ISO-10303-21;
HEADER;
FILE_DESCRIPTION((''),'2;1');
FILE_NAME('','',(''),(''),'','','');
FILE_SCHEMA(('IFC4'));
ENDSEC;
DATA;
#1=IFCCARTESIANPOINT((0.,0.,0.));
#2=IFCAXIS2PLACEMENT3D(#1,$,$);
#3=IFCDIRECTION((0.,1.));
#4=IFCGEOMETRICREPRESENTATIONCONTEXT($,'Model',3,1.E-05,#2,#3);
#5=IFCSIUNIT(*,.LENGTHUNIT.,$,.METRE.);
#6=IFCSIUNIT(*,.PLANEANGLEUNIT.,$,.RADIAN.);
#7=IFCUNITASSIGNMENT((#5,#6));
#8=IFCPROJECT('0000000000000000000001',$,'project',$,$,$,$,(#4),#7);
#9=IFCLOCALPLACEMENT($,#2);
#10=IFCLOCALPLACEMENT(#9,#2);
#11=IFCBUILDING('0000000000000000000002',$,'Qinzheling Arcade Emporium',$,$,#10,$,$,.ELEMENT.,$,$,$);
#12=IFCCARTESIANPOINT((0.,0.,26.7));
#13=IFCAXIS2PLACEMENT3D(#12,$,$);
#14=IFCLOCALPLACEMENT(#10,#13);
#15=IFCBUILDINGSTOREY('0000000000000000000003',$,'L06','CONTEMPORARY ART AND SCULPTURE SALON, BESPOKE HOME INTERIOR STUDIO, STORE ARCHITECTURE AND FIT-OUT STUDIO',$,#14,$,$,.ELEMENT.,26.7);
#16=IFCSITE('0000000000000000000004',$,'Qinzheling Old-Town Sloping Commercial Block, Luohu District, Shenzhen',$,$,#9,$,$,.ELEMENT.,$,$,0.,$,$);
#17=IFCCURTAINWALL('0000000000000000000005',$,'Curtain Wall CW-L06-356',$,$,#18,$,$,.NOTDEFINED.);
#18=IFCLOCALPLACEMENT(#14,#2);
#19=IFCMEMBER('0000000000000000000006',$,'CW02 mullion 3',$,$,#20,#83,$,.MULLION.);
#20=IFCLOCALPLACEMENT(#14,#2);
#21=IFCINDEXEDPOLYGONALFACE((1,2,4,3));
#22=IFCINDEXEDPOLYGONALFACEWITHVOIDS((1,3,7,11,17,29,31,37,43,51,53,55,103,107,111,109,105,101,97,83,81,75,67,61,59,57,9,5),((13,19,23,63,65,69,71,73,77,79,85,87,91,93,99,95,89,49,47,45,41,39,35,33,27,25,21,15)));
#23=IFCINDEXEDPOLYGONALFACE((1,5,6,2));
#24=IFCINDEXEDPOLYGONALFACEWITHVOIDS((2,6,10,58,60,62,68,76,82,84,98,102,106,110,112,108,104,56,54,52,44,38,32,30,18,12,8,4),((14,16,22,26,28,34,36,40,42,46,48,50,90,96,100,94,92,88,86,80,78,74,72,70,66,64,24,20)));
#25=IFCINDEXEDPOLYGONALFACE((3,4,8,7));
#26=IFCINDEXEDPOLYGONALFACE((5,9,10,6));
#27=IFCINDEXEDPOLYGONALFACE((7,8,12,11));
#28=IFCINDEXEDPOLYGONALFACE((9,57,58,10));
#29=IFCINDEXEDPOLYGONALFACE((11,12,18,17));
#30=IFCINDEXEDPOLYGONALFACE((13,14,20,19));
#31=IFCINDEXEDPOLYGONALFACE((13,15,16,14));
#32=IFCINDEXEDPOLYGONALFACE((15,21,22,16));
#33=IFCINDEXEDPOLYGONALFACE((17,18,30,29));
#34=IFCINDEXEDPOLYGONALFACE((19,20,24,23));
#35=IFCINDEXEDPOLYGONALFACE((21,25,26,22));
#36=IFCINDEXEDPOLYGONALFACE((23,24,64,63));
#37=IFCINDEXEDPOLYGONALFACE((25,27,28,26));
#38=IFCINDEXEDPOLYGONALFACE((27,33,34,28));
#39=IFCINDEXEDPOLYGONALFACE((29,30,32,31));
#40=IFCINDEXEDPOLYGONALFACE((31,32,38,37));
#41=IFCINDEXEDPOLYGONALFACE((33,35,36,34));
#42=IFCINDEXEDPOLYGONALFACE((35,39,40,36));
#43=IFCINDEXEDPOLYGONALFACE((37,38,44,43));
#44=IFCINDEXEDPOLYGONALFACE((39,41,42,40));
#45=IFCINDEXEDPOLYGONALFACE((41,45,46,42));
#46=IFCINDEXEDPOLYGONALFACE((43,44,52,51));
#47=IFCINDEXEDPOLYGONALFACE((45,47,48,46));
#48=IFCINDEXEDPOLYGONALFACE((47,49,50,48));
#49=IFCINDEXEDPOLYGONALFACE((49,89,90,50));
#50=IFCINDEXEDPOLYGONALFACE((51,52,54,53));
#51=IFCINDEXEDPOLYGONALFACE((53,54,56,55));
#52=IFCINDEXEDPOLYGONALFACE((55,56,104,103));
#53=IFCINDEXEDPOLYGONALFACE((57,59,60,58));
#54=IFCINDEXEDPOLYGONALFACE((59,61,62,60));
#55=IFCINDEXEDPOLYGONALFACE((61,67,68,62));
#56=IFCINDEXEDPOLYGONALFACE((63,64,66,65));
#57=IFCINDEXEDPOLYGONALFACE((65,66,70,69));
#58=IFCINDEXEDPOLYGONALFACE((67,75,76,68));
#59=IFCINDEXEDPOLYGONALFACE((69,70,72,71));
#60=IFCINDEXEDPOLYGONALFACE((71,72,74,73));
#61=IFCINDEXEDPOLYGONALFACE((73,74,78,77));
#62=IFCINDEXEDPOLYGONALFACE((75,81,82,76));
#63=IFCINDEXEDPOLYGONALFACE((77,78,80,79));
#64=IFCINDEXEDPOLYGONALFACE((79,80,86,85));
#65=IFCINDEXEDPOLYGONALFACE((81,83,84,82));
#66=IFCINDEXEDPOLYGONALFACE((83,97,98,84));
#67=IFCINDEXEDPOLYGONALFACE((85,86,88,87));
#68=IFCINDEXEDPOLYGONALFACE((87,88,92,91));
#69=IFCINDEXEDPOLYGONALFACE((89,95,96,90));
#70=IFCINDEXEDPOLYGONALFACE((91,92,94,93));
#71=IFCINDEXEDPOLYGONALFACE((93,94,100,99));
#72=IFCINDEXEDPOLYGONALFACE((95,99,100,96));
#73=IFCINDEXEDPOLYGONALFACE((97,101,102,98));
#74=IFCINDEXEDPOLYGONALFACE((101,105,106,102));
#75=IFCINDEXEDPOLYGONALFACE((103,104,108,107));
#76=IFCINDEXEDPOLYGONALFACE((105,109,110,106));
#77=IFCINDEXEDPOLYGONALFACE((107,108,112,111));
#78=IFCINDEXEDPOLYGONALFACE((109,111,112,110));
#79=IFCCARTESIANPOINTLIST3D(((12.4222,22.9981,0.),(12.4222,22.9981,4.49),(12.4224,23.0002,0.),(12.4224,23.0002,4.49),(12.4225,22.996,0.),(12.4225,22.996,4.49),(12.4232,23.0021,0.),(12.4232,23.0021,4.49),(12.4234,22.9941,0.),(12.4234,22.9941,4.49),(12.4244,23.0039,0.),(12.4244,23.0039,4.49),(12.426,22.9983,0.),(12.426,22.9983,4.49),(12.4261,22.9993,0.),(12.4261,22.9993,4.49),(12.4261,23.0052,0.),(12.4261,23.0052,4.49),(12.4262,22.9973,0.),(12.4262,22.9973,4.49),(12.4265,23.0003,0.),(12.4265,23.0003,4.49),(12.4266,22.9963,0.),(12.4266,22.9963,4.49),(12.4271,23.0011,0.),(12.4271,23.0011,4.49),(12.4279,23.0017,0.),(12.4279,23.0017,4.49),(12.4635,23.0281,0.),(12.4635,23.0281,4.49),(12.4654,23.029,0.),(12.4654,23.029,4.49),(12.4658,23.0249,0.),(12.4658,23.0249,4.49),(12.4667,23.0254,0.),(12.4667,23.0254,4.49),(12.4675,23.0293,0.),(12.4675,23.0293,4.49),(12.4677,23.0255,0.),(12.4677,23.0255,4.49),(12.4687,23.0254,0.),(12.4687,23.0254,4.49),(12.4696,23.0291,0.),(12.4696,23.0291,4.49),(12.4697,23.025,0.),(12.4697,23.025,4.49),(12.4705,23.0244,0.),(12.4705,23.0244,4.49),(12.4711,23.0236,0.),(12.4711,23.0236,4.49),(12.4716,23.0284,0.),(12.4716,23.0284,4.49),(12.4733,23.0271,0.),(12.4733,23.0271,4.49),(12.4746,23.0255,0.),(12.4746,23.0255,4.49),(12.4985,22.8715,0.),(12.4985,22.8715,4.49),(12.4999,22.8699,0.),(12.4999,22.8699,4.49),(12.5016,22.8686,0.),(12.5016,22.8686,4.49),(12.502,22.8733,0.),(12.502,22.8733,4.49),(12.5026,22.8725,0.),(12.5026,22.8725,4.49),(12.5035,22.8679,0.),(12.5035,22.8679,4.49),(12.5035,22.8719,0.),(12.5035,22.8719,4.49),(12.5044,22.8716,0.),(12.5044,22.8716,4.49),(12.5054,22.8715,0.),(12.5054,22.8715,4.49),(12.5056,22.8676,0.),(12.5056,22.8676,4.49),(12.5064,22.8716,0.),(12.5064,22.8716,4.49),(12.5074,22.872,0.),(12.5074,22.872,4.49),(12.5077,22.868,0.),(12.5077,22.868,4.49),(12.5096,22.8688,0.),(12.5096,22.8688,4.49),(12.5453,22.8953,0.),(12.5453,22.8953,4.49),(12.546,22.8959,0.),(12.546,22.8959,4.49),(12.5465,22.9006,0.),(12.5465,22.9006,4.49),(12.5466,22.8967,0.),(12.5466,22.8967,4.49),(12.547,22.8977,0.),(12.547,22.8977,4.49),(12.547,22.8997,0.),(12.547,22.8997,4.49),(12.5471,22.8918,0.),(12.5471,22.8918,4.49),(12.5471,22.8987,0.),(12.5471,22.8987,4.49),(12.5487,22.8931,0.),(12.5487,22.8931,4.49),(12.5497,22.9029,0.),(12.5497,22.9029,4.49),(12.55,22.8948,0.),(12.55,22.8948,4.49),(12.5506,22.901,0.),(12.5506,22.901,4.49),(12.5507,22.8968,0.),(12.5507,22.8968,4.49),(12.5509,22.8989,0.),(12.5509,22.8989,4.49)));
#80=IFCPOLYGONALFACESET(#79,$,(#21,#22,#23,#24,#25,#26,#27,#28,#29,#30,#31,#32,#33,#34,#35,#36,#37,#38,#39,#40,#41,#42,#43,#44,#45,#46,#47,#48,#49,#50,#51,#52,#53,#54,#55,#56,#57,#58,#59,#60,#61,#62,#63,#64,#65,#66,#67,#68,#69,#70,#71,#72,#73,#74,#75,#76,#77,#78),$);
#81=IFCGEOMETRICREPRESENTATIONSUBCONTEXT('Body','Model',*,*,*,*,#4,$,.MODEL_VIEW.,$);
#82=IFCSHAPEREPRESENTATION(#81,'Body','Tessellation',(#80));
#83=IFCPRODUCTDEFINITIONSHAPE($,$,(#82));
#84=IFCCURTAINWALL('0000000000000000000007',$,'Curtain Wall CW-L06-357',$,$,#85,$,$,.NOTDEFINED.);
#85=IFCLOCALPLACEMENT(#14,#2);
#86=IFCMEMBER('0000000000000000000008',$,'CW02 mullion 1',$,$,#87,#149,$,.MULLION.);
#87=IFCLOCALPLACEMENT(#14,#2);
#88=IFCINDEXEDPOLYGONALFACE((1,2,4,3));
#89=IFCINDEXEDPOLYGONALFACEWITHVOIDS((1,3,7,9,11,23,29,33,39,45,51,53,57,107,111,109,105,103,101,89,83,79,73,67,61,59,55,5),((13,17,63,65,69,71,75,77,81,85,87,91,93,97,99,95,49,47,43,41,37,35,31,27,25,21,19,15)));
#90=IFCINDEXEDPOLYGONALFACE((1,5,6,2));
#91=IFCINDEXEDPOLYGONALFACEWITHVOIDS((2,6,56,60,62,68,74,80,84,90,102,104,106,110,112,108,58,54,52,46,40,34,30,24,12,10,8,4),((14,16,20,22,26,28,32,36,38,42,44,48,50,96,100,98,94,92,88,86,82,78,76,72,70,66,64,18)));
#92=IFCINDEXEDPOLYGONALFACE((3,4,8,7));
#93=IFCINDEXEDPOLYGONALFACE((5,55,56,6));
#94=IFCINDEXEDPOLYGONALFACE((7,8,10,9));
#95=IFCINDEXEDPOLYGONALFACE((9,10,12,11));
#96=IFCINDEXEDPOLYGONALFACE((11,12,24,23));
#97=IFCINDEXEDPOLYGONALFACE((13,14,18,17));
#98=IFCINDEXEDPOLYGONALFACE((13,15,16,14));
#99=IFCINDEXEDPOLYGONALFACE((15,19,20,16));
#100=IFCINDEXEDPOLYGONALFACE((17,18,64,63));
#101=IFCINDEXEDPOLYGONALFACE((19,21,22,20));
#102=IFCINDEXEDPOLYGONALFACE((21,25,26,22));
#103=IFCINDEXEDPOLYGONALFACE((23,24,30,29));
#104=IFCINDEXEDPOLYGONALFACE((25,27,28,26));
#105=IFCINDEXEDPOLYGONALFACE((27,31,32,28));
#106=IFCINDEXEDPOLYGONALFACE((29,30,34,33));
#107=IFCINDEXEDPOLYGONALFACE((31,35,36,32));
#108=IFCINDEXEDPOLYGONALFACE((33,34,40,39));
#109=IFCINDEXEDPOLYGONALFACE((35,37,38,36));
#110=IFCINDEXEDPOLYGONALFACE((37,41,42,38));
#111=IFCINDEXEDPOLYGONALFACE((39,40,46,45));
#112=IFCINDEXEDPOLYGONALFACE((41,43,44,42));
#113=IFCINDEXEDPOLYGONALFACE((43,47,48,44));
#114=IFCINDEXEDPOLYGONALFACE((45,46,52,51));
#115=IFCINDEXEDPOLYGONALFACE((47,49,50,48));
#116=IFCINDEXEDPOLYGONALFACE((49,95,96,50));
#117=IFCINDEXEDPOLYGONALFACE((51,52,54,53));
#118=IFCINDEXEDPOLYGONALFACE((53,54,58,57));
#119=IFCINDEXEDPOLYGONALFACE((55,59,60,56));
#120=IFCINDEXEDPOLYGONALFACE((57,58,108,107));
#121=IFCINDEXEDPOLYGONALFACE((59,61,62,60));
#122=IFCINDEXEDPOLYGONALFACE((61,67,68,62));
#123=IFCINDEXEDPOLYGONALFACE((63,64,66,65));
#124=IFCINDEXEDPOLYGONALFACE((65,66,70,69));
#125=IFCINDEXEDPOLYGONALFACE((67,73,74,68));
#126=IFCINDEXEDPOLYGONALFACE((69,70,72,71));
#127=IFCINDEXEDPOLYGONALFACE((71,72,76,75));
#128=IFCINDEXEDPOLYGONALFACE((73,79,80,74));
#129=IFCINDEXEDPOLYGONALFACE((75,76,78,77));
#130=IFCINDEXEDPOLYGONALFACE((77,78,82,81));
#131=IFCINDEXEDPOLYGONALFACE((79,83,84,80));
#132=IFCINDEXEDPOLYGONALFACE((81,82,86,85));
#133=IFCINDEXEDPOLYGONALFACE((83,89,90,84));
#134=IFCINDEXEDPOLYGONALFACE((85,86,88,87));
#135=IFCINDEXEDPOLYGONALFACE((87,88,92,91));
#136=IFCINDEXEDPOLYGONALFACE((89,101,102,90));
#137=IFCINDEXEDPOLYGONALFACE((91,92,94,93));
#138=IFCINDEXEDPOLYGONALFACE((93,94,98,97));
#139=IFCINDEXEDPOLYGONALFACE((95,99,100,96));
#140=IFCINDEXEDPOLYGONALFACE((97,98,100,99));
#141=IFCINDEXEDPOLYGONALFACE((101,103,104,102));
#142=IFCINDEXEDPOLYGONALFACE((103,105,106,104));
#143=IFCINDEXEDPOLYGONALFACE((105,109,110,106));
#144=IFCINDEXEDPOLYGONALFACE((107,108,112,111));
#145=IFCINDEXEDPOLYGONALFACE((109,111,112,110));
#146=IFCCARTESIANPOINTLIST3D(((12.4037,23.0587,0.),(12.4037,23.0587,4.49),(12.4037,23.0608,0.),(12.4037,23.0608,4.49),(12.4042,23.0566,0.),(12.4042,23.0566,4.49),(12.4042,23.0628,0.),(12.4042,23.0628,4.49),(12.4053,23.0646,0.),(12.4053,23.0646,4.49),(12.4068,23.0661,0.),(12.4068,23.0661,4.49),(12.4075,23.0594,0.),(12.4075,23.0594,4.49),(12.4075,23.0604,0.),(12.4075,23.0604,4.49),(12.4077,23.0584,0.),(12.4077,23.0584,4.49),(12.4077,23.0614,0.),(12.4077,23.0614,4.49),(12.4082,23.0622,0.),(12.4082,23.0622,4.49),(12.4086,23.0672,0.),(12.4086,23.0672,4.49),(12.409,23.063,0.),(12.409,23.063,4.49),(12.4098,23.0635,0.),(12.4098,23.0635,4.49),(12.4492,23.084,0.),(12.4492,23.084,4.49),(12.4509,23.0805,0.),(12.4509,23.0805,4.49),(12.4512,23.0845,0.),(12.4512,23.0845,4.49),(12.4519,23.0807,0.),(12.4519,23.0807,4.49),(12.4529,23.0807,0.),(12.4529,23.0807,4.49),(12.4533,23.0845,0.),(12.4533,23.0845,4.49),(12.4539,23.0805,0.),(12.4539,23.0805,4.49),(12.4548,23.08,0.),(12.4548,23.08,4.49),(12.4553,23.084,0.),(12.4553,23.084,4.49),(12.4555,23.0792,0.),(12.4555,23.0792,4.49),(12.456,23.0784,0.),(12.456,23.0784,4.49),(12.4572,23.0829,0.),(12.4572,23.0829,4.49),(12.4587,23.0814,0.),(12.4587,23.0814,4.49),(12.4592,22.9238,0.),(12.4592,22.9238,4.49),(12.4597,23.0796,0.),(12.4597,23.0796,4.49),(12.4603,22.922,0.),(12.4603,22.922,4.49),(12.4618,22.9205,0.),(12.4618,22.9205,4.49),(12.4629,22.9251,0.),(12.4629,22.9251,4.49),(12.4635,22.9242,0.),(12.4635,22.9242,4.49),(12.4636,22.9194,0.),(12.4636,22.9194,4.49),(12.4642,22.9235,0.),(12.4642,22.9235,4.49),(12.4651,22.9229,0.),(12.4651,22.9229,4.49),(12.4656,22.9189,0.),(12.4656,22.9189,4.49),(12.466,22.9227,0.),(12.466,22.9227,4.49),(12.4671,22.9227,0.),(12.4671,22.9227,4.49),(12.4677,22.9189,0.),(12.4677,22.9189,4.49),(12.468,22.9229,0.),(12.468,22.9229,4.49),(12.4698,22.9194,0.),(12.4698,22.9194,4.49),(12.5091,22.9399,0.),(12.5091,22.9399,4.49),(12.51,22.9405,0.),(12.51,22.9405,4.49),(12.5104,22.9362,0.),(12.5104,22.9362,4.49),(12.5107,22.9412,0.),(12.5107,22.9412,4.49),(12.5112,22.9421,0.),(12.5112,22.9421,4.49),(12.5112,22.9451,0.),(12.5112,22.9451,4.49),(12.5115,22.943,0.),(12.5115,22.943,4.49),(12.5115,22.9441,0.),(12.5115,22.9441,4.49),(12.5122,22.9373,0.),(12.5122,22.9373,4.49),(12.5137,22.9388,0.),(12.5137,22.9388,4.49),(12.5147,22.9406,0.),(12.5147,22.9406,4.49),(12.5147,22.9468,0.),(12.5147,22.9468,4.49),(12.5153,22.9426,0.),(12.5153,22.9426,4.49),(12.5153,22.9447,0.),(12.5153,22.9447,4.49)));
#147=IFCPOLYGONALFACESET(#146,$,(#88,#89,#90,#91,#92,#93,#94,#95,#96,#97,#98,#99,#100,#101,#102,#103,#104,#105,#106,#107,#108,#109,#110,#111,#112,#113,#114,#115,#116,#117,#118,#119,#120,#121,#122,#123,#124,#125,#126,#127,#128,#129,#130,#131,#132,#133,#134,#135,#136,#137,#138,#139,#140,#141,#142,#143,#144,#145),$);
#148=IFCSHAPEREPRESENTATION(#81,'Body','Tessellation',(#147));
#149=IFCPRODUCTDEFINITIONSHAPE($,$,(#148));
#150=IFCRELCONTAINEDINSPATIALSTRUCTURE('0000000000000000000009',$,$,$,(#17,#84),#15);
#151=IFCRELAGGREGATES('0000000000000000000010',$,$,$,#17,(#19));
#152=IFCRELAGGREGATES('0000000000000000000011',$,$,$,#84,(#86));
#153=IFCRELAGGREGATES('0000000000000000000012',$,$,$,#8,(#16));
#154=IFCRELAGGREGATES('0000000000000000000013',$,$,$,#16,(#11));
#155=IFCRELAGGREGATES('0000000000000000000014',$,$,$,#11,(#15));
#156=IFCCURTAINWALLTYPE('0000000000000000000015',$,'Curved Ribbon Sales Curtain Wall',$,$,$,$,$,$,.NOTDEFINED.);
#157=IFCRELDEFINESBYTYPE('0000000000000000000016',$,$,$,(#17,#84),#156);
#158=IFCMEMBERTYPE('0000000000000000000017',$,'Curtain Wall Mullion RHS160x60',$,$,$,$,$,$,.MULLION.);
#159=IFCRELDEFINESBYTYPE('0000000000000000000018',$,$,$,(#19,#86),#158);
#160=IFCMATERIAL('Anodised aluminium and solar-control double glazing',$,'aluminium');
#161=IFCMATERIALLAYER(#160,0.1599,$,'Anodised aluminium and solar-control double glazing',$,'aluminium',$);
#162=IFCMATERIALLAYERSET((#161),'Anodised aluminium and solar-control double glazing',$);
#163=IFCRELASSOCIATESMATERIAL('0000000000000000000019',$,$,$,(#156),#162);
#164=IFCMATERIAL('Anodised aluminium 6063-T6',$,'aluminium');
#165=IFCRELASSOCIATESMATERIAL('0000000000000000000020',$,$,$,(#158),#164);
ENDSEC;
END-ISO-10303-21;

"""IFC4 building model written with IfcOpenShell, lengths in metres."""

from ifc_helpers import new_model, si_unit, direction, frame, origin, origin_2d, place, context, subcontext, project, spatial, hollow_rectangle, extrude, material, layer, layer_set, material_profile, profile_set, type_object, element, aggregate, save


model = new_model("IFC4")

# Units and contexts
model_context = context("Model", 3, precision=1e-05, world=origin(), true_north=direction((0.0, 1.0)))
body_context = subcontext(model_context, "Body", "Model", "MODEL_VIEW")
ifc_project = project(units=[si_unit("LENGTHUNIT", "METRE"), si_unit("PLANEANGLEUNIT", "RADIAN")], contexts=[model_context])

# Site, building, storey
site_placement = place(None, origin())
site = spatial("IfcSite", under=ifc_project, at=site_placement, Name="Qinzheling Old-Town Sloping Commercial Block, Luohu District, Shenzhen", CompositionType="ELEMENT", RefElevation=0.0)
building_placement = place(site_placement, origin())
building = spatial("IfcBuilding", under=site, at=building_placement, Name="Qinzheling Arcade Emporium", CompositionType="ELEMENT")
storey_placement = place(building_placement, frame((0.0, 0.0, 26.7)))
storey = spatial("IfcBuildingStorey", under=building, at=storey_placement, Name="L06", Description="CONTEMPORARY ART AND SCULPTURE SALON, BESPOKE HOME INTERIOR STUDIO, STORE ARCHITECTURE AND FIT-OUT STUDIO", CompositionType="ELEMENT", Elevation=26.7)

# Curtain walls, members
ifc_material_1 = material(Name="Anodised aluminium and solar-control double glazing", Category="aluminium")
ifc_layer_1 = layer(ifc_material_1, 0.1599, Name="Anodised aluminium and solar-control double glazing", Category="aluminium")
ifc_layer_set_1 = layer_set([ifc_layer_1], Name="Anodised aluminium and solar-control double glazing")
curtain_wall_type = type_object("IfcCurtainWallType", Name="Curved Ribbon Sales Curtain Wall", PredefinedType="NOTDEFINED", material=ifc_layer_set_1)
curtain_wall_1_placement = place(storey_placement, origin())
curtain_wall_1 = element("IfcCurtainWall", 1, at=curtain_wall_1_placement, inside=storey, type_object=curtain_wall_type, Name="Curtain Wall CW-L06-356", PredefinedType="NOTDEFINED")
ifc_material_2 = material(Name="Anodised aluminium 6063-T6", Category="aluminium")
ifc_material_profile_1 = material_profile(ifc_material_2, hollow_rectangle(XDim=0.0601, YDim=0.1599, WallThickness=0.0039, InnerFilletRadius=0.0039, OuterFilletRadius=0.0081, at=origin_2d()), Name="RHS 160x60x4", Category="aluminium")
ifc_profile_set_1 = profile_set([ifc_material_profile_1], Name="Anodised aluminium 6063-T6")
member_type_1 = type_object("IfcMemberType", Name="Curtain Wall Mullion RHS160x60", PredefinedType="MULLION", material=ifc_profile_set_1)
member_1_placement = place(storey_placement, frame((12.4866, 22.9485, 0.0), z_axis=(0.0, 0.0, 1.0), x_axis=(-0.852601, -0.522562, 0.0)))
member_1 = element("IfcMember", 2, at=member_1_placement, type_object=member_type_1, Name="CW02 mullion 3", PredefinedType="MULLION", context=body_context, shape_type="SweptSolid", body=[
    extrude(hollow_rectangle(XDim=0.0601, YDim=0.1599, WallThickness=0.0039, InnerFilletRadius=0.0039, OuterFilletRadius=0.0081, at=origin_2d()), origin(), (0.0, 0.0, 1.0), 4.49),
])
curtain_wall_2_placement = place(storey_placement, origin())
curtain_wall_2 = element("IfcCurtainWall", 3, at=curtain_wall_2_placement, inside=storey, type_object=curtain_wall_type, Name="Curtain Wall CW-L06-357", PredefinedType="NOTDEFINED")
member_2_placement = place(storey_placement, frame((12.4595, 23.0017, 0.0), z_axis=(0.0, 0.0, 1.0), x_axis=(-0.923898, -0.382638, 0.0)))
member_2 = element("IfcMember", 4, at=member_2_placement, type_object=member_type_1, Name="CW02 mullion 1", PredefinedType="MULLION", context=body_context, shape_type="SweptSolid", body=[
    extrude(hollow_rectangle(XDim=0.0601, YDim=0.1599, WallThickness=0.0039, InnerFilletRadius=0.0039, OuterFilletRadius=0.0081, at=origin_2d()), origin(), (0.0, 0.0, 1.0), 4.49),
])

aggregate(curtain_wall_1, [member_1])
aggregate(curtain_wall_2, [member_2])

save(model, "model.ifc")
